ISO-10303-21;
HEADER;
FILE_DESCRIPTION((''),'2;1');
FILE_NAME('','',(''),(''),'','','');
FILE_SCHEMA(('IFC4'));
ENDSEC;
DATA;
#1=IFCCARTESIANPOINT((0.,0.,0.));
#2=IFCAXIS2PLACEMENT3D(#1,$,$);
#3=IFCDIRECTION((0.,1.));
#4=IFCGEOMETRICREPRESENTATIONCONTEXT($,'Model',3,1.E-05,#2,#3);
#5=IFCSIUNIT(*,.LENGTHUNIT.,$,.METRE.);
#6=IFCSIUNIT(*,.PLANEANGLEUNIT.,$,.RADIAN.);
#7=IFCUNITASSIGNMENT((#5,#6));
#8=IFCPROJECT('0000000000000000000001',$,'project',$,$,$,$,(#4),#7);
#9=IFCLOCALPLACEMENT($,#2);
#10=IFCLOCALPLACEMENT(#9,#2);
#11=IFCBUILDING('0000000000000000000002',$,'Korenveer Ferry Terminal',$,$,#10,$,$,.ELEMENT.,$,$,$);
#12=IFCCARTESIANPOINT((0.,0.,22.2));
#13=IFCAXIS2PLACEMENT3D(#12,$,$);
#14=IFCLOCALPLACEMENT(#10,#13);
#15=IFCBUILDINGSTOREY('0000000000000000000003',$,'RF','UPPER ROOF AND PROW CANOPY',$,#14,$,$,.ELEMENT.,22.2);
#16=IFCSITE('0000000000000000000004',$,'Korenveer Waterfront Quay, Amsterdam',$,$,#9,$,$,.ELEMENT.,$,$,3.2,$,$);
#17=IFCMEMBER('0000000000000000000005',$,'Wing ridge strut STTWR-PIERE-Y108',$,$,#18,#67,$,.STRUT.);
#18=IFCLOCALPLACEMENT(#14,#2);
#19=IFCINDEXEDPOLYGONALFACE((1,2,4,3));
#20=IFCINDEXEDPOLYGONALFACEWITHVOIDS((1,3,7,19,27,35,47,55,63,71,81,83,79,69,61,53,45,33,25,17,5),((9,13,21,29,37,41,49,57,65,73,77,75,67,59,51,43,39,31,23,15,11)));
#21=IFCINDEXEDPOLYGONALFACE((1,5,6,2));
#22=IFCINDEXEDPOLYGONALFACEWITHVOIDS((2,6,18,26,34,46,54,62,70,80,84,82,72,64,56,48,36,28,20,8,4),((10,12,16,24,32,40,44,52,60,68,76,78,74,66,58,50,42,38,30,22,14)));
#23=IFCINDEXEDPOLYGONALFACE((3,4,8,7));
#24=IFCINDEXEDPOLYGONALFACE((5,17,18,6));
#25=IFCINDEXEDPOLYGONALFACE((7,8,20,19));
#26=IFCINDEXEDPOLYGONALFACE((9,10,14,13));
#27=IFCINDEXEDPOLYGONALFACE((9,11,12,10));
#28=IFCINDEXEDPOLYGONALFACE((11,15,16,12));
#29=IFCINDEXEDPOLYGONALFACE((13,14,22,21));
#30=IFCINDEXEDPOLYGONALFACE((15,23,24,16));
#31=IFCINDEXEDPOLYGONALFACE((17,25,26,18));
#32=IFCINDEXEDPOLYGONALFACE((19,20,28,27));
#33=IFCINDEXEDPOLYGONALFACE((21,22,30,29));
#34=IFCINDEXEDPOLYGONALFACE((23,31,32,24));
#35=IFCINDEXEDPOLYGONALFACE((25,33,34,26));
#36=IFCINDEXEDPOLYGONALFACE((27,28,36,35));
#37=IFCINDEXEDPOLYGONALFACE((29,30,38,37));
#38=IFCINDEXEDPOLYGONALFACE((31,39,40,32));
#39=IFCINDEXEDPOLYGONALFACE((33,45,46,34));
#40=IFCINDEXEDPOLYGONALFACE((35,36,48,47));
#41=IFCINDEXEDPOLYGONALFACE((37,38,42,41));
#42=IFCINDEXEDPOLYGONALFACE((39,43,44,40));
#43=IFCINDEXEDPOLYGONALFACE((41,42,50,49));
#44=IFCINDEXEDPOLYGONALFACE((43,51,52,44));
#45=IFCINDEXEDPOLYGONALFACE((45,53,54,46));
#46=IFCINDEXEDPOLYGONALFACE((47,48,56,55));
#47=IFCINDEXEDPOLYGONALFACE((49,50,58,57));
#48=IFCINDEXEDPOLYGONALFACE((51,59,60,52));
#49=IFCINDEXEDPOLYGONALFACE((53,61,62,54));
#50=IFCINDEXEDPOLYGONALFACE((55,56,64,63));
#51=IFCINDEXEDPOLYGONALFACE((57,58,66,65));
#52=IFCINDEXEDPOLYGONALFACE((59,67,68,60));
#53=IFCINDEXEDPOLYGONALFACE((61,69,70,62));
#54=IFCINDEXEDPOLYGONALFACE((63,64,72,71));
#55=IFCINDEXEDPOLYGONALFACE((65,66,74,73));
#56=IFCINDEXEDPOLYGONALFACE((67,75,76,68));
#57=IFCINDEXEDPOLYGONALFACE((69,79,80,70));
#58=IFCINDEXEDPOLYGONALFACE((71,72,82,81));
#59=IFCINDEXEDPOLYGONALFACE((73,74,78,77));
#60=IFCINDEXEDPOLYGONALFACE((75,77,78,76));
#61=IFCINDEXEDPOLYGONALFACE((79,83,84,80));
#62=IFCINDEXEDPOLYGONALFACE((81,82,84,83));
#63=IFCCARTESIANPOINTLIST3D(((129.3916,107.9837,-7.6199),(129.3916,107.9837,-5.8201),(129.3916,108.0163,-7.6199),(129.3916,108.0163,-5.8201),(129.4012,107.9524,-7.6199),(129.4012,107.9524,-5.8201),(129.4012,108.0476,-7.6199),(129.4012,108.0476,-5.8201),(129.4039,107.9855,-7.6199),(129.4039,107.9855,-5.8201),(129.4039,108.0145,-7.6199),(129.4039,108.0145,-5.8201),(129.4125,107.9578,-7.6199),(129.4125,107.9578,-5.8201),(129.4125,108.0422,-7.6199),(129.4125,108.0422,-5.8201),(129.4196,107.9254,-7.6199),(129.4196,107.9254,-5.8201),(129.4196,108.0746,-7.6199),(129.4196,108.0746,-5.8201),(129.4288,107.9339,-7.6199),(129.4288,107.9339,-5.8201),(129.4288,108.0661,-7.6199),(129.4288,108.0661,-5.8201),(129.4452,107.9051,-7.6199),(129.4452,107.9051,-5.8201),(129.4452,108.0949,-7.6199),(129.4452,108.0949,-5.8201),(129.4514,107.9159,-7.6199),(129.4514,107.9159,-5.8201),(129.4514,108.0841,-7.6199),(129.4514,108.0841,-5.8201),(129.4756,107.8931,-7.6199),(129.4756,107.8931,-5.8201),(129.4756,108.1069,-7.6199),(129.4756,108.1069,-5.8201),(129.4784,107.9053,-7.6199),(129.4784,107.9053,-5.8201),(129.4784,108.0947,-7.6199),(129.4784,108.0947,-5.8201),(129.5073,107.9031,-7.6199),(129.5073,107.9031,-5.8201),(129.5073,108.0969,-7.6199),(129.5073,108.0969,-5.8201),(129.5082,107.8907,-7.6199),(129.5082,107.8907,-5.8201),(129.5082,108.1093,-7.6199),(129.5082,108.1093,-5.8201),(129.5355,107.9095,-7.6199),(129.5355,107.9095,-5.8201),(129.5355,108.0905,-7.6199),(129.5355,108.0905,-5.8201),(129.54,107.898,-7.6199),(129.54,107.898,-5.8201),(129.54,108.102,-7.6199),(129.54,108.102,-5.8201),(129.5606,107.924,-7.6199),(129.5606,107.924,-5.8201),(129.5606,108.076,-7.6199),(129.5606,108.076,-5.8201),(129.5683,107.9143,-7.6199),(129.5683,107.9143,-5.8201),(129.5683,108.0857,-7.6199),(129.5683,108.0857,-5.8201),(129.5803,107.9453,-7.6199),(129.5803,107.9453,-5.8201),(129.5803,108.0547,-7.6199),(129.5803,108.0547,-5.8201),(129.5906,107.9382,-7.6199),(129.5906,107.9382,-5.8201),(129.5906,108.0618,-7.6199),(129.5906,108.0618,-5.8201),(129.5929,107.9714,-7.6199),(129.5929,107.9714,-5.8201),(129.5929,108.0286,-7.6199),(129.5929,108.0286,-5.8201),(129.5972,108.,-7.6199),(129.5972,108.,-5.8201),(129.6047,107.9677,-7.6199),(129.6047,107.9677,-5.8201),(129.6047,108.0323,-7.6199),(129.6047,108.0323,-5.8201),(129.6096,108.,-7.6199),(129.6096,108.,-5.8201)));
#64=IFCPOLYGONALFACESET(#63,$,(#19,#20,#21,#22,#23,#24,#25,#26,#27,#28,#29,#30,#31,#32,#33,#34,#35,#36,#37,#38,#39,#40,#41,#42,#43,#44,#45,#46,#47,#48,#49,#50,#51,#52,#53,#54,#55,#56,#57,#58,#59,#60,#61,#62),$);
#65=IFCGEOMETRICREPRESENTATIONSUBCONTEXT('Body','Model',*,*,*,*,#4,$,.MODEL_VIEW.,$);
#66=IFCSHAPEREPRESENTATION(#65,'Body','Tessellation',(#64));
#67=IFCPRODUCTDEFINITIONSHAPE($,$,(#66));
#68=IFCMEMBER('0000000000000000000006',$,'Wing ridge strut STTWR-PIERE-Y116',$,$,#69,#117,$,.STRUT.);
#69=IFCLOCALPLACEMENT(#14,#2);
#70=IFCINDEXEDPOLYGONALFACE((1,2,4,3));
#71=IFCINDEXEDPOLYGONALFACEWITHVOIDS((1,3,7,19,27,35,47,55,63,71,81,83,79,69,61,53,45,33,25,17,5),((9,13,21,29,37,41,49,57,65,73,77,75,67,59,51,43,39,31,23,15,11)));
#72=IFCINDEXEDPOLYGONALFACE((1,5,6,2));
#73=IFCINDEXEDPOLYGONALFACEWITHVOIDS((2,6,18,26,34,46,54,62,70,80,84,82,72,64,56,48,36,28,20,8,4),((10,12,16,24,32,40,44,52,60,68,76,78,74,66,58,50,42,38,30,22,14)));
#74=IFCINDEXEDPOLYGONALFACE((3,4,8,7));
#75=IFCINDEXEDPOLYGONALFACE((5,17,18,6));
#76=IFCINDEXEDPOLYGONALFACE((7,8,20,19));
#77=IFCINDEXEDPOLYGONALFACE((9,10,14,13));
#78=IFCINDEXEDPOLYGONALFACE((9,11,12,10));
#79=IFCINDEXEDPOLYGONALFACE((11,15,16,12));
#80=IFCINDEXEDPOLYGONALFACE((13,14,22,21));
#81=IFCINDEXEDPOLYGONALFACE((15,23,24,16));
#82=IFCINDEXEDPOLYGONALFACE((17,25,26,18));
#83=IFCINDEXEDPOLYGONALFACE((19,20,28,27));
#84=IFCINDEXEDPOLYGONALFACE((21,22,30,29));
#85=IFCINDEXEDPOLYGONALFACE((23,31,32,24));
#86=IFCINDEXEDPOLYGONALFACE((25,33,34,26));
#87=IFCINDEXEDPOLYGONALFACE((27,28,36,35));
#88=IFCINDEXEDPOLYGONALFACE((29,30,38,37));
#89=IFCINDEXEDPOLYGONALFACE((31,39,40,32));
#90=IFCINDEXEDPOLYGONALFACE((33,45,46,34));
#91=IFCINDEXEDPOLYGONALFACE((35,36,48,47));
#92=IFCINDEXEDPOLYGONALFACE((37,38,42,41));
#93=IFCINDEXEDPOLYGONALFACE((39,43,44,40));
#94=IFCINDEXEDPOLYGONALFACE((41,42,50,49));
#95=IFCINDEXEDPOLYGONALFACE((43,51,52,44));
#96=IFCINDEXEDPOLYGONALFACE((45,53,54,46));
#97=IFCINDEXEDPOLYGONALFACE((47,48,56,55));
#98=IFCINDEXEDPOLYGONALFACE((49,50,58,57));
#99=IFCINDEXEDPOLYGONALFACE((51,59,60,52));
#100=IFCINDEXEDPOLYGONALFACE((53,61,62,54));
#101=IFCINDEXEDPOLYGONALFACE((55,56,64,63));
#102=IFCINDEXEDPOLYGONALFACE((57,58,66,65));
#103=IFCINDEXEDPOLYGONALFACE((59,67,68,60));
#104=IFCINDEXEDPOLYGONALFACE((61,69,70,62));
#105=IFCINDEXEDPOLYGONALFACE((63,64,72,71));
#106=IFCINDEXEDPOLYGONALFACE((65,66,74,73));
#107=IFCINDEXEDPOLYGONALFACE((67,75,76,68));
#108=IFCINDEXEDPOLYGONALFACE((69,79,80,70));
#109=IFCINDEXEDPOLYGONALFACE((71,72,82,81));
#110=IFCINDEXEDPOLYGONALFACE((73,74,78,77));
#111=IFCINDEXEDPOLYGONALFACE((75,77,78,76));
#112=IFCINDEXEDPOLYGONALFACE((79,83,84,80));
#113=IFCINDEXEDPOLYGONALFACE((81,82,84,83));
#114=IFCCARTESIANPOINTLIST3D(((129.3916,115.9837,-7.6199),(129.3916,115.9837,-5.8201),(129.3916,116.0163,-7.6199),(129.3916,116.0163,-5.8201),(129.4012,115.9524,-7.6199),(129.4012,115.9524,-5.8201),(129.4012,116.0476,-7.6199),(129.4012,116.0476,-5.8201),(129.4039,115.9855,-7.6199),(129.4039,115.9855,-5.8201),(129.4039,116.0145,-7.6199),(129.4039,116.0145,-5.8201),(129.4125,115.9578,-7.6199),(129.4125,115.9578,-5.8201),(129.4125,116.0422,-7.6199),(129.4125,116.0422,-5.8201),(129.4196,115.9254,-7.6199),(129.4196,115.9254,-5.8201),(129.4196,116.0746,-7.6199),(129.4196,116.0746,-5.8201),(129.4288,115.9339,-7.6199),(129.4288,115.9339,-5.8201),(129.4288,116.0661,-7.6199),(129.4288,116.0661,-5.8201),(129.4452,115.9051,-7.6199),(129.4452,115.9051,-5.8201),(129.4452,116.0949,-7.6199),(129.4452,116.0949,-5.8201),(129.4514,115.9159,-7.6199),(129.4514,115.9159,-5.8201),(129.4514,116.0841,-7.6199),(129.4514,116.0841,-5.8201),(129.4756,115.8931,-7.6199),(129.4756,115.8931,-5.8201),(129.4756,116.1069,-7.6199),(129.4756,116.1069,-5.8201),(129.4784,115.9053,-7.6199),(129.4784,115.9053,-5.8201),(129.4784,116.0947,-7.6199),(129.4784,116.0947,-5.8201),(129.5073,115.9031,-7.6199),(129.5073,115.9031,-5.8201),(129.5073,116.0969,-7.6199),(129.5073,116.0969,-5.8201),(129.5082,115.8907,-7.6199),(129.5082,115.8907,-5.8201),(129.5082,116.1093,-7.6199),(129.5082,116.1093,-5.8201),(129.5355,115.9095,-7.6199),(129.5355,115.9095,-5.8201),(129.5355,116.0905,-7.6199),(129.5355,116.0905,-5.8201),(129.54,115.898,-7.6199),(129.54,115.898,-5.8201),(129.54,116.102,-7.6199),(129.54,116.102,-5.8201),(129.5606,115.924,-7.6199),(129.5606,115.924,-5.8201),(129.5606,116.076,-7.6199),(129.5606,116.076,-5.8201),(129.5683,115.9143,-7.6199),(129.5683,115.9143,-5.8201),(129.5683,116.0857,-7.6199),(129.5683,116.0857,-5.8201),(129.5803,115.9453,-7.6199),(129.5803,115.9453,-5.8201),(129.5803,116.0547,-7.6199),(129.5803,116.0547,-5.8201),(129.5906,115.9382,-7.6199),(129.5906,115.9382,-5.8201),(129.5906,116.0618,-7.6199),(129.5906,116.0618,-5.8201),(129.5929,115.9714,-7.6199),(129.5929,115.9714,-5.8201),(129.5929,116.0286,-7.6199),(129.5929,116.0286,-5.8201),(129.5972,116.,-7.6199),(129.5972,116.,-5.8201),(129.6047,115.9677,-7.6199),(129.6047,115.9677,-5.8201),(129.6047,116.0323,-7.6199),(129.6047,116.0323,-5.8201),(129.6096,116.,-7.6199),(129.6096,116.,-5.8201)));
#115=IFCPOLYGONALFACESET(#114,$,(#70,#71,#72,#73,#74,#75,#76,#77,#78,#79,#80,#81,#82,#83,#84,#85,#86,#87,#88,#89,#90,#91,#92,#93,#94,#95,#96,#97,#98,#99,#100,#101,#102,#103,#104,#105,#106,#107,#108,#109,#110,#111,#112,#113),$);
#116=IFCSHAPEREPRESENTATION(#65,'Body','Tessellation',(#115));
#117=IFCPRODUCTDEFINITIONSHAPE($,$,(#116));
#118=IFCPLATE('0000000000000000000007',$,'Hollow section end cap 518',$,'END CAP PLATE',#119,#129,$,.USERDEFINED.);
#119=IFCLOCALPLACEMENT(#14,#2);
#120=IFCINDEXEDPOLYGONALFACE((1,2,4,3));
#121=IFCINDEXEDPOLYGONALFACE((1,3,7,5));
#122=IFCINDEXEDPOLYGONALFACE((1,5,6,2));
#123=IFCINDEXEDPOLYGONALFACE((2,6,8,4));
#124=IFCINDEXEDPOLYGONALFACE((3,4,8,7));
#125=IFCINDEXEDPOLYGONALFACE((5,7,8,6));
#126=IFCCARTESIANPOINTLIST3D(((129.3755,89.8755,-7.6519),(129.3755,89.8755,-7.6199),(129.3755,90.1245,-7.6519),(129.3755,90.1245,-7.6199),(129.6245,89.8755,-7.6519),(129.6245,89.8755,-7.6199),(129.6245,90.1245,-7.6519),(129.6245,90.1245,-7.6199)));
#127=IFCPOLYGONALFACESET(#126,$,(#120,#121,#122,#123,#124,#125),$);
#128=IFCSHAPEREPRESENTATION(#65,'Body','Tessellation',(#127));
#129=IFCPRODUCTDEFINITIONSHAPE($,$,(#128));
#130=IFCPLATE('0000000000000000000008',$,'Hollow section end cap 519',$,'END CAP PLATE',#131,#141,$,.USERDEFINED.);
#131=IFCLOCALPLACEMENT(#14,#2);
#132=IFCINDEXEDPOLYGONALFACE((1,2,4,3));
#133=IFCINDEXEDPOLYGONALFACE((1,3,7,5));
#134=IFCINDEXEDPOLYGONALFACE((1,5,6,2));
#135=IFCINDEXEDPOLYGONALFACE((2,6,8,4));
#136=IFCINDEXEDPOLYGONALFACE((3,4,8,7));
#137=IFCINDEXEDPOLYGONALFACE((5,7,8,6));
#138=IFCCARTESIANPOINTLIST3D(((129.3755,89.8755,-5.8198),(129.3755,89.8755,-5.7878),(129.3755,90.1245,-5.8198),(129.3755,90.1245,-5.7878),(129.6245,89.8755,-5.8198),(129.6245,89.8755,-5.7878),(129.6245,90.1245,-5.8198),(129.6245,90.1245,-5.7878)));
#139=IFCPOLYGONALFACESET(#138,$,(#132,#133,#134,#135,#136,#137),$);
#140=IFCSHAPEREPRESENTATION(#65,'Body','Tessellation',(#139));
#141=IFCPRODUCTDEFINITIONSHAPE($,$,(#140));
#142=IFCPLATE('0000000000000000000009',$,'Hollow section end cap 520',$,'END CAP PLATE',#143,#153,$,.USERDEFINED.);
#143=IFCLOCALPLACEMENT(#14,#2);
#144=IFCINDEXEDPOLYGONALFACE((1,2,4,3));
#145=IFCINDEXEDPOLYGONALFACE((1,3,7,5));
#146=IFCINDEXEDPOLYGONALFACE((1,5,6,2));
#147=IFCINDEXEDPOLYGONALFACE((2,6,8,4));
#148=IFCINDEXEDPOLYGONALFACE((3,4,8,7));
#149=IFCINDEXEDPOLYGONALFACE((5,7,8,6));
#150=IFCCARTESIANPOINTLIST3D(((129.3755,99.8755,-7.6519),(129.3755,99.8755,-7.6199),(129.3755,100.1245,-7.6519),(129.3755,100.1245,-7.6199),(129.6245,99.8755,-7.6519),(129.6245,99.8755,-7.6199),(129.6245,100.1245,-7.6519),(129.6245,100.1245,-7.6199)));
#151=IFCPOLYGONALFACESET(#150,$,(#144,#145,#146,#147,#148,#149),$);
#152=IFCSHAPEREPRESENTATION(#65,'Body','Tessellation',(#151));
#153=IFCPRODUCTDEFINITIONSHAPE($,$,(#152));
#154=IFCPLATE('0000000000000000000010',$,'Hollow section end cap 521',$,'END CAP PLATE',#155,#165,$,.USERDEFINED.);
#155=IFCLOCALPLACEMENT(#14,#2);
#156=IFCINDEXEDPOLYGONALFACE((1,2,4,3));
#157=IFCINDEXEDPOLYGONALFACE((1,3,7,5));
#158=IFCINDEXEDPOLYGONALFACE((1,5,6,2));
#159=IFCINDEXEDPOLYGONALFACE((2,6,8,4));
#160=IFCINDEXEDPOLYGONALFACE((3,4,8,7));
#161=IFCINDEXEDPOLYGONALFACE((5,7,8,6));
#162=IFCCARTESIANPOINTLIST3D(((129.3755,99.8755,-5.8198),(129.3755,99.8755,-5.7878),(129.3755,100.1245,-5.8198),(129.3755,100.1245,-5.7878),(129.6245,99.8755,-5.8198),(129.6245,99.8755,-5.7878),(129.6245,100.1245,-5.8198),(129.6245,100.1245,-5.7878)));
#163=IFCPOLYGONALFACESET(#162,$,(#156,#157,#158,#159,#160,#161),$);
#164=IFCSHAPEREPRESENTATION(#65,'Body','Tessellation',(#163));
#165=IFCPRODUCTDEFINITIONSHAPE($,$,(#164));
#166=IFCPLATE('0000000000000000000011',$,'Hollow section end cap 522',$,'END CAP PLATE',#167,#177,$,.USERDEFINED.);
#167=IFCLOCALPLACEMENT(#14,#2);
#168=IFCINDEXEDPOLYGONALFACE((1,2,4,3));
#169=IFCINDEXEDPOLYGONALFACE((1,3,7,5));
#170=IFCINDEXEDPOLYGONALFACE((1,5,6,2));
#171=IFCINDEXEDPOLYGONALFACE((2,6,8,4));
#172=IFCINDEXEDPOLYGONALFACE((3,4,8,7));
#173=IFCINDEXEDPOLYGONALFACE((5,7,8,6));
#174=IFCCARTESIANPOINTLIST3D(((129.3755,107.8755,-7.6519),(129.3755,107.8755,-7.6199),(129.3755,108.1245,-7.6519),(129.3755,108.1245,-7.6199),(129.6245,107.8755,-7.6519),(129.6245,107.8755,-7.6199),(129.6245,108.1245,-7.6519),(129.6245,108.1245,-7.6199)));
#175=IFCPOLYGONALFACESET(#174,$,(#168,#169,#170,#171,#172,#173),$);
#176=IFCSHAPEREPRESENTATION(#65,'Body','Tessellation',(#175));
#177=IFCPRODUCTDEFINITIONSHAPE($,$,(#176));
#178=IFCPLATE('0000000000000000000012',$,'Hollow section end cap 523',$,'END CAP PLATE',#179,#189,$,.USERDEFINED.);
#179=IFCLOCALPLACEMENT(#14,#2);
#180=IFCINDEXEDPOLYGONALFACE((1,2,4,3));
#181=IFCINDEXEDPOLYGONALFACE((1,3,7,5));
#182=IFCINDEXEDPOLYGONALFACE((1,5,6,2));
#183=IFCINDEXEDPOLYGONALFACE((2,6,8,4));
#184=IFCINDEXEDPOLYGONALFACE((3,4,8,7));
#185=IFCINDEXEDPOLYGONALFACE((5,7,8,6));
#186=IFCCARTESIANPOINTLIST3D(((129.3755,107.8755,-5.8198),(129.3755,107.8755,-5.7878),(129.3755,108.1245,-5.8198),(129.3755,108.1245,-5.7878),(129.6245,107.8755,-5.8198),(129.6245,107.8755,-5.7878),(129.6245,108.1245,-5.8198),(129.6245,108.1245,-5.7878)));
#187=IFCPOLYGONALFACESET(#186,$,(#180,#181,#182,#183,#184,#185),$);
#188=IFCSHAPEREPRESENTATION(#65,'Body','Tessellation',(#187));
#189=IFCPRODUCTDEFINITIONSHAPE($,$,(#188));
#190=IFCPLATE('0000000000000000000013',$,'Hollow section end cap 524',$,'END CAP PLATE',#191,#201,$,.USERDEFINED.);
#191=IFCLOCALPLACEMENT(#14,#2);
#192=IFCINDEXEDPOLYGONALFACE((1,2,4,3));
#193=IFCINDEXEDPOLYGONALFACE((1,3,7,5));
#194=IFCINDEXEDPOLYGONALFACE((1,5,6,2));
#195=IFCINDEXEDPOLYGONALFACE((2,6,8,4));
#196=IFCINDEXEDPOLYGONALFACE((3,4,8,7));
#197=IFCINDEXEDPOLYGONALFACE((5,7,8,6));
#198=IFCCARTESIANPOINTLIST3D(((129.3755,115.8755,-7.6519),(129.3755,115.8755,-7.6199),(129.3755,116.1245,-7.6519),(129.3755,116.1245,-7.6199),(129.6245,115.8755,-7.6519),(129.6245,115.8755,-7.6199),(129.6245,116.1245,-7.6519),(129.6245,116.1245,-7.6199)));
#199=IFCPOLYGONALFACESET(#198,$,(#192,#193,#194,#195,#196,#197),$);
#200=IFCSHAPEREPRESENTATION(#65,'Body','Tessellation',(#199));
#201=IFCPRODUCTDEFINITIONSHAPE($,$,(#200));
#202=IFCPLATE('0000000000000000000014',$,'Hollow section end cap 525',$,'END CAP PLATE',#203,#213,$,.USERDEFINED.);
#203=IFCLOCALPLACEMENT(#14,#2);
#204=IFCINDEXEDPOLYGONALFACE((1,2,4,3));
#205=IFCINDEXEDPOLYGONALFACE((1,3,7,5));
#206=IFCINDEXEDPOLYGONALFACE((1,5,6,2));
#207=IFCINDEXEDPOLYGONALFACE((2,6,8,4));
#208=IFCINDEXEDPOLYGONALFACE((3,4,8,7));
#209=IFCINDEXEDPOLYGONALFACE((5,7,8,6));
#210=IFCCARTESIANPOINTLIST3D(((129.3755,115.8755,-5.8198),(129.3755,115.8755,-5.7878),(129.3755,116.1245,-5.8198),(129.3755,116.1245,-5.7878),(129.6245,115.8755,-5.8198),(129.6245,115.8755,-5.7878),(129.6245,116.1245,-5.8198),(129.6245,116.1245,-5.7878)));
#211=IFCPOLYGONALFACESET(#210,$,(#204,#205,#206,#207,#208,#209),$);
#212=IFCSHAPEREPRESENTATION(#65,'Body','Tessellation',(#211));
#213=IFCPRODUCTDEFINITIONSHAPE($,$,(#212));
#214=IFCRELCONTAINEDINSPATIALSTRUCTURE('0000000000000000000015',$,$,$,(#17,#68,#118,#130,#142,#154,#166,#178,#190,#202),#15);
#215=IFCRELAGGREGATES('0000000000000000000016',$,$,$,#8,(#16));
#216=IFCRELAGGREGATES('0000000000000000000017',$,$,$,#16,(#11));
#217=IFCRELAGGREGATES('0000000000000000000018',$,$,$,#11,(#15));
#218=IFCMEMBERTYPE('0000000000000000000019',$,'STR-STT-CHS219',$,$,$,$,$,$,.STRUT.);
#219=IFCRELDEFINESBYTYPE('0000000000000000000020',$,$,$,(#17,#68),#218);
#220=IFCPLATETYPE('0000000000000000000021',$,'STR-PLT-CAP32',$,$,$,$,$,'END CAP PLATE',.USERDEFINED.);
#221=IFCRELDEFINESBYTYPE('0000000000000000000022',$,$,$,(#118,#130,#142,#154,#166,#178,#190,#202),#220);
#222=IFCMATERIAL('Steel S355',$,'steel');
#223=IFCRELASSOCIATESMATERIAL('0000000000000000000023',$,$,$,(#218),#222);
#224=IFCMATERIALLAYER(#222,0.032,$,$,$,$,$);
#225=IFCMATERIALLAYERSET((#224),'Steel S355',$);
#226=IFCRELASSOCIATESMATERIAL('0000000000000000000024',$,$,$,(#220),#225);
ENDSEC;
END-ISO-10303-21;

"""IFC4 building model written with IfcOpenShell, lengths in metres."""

from ifc_helpers import new_model, si_unit, direction, frame, origin, origin_2d, place, context, subcontext, project, spatial, rectangle, hollow_circle, extrude, material, layer, layer_set, material_profile, profile_set, type_object, element, save


model = new_model("IFC4")

# Units and contexts
model_context = context("Model", 3, precision=1e-05, world=origin(), true_north=direction((0.0, 1.0)))
body_context = subcontext(model_context, "Body", "Model", "MODEL_VIEW")
ifc_project = project(units=[si_unit("LENGTHUNIT", "METRE"), si_unit("PLANEANGLEUNIT", "RADIAN")], contexts=[model_context])

# Site, building, storey
site_placement = place(None, origin())
site = spatial("IfcSite", under=ifc_project, at=site_placement, Name="Korenveer Waterfront Quay, Amsterdam", CompositionType="ELEMENT", RefElevation=3.2)
building_placement = place(site_placement, origin())
building = spatial("IfcBuilding", under=site, at=building_placement, Name="Korenveer Ferry Terminal", CompositionType="ELEMENT")
storey_placement = place(building_placement, frame((0.0, 0.0, 22.2)))
storey = spatial("IfcBuildingStorey", under=building, at=storey_placement, Name="RF", Description="UPPER ROOF AND PROW CANOPY", CompositionType="ELEMENT", Elevation=22.2)

# Members
ifc_material = material(Name="Steel S355", Category="steel")
ifc_material_profile_1 = material_profile(ifc_material, hollow_circle(Radius=0.1096, WallThickness=0.0125, at=origin_2d()), Name="CHS 219.1x12.5")
ifc_profile_set_1 = profile_set([ifc_material_profile_1], Name="Steel S355")
member_type_1 = type_object("IfcMemberType", Name="STR-STT-CHS219", PredefinedType="STRUT", material=ifc_profile_set_1)
for number, where, z_axis, x_axis, name in (
    (1, (129.5, 108.0, -7.6199), (0.0, 0.0, 1.0), (1.0, 0.0, 0.0), "Wing ridge strut STTWR-PIERE-Y108"),
    (2, (129.5, 116.0, -7.6199), (0.0, 0.0, 1.0), (1.0, 0.0, 0.0), "Wing ridge strut STTWR-PIERE-Y116"),
):
    element("IfcMember", number, at=place(storey_placement, frame(where, z_axis=z_axis, x_axis=x_axis)), inside=storey, type_object=member_type_1, Name=name, PredefinedType="STRUT", context=body_context, shape_type="SweptSolid", body=[
        extrude(hollow_circle(Radius=0.1096, WallThickness=0.0125, at=origin_2d()), origin(), (0.0, 0.0, 1.0), 1.7998),
    ])

# Plates
ifc_layer = layer(ifc_material, 0.032)
ifc_layer_set = layer_set([ifc_layer], Name="Steel S355")
plate_type = type_object("IfcPlateType", Name="STR-PLT-CAP32", ElementType="END CAP PLATE", PredefinedType="USERDEFINED", material=ifc_layer_set)
for number, where, z_axis, x_axis, name in (
    (3, (129.5, 90.0, -7.6519), (0.0, 0.0, 1.0), (1.0, 0.0, 0.0), "Hollow section end cap 518"),
    (4, (129.5, 90.0, -5.8198), (0.0, 0.0, 1.0), (1.0, 0.0, 0.0), "Hollow section end cap 519"),
    (5, (129.5, 100.0, -7.6519), (0.0, 0.0, 1.0), (1.0, 0.0, 0.0), "Hollow section end cap 520"),
    (6, (129.5, 100.0, -5.8198), (0.0, 0.0, 1.0), (1.0, 0.0, 0.0), "Hollow section end cap 521"),
    (7, (129.5, 108.0, -7.6519), (0.0, 0.0, 1.0), (1.0, 0.0, 0.0), "Hollow section end cap 522"),
    (8, (129.5, 108.0, -5.8198), (0.0, 0.0, 1.0), (1.0, 0.0, 0.0), "Hollow section end cap 523"),
    (9, (129.5, 116.0, -7.6519), (0.0, 0.0, 1.0), (1.0, 0.0, 0.0), "Hollow section end cap 524"),
    (10, (129.5, 116.0, -5.8198), (0.0, 0.0, 1.0), (1.0, 0.0, 0.0), "Hollow section end cap 525"),
):
    element("IfcPlate", number, at=place(storey_placement, frame(where, z_axis=z_axis, x_axis=x_axis)), inside=storey, type_object=plate_type, Name=name, ObjectType="END CAP PLATE", PredefinedType="USERDEFINED", context=body_context, shape_type="SweptSolid", body=[
        extrude(rectangle(XDim=0.249, YDim=0.249, at=origin_2d()), origin(), (0.0, 0.0, 1.0), 0.032),
    ])

save(model, "model.ifc")
